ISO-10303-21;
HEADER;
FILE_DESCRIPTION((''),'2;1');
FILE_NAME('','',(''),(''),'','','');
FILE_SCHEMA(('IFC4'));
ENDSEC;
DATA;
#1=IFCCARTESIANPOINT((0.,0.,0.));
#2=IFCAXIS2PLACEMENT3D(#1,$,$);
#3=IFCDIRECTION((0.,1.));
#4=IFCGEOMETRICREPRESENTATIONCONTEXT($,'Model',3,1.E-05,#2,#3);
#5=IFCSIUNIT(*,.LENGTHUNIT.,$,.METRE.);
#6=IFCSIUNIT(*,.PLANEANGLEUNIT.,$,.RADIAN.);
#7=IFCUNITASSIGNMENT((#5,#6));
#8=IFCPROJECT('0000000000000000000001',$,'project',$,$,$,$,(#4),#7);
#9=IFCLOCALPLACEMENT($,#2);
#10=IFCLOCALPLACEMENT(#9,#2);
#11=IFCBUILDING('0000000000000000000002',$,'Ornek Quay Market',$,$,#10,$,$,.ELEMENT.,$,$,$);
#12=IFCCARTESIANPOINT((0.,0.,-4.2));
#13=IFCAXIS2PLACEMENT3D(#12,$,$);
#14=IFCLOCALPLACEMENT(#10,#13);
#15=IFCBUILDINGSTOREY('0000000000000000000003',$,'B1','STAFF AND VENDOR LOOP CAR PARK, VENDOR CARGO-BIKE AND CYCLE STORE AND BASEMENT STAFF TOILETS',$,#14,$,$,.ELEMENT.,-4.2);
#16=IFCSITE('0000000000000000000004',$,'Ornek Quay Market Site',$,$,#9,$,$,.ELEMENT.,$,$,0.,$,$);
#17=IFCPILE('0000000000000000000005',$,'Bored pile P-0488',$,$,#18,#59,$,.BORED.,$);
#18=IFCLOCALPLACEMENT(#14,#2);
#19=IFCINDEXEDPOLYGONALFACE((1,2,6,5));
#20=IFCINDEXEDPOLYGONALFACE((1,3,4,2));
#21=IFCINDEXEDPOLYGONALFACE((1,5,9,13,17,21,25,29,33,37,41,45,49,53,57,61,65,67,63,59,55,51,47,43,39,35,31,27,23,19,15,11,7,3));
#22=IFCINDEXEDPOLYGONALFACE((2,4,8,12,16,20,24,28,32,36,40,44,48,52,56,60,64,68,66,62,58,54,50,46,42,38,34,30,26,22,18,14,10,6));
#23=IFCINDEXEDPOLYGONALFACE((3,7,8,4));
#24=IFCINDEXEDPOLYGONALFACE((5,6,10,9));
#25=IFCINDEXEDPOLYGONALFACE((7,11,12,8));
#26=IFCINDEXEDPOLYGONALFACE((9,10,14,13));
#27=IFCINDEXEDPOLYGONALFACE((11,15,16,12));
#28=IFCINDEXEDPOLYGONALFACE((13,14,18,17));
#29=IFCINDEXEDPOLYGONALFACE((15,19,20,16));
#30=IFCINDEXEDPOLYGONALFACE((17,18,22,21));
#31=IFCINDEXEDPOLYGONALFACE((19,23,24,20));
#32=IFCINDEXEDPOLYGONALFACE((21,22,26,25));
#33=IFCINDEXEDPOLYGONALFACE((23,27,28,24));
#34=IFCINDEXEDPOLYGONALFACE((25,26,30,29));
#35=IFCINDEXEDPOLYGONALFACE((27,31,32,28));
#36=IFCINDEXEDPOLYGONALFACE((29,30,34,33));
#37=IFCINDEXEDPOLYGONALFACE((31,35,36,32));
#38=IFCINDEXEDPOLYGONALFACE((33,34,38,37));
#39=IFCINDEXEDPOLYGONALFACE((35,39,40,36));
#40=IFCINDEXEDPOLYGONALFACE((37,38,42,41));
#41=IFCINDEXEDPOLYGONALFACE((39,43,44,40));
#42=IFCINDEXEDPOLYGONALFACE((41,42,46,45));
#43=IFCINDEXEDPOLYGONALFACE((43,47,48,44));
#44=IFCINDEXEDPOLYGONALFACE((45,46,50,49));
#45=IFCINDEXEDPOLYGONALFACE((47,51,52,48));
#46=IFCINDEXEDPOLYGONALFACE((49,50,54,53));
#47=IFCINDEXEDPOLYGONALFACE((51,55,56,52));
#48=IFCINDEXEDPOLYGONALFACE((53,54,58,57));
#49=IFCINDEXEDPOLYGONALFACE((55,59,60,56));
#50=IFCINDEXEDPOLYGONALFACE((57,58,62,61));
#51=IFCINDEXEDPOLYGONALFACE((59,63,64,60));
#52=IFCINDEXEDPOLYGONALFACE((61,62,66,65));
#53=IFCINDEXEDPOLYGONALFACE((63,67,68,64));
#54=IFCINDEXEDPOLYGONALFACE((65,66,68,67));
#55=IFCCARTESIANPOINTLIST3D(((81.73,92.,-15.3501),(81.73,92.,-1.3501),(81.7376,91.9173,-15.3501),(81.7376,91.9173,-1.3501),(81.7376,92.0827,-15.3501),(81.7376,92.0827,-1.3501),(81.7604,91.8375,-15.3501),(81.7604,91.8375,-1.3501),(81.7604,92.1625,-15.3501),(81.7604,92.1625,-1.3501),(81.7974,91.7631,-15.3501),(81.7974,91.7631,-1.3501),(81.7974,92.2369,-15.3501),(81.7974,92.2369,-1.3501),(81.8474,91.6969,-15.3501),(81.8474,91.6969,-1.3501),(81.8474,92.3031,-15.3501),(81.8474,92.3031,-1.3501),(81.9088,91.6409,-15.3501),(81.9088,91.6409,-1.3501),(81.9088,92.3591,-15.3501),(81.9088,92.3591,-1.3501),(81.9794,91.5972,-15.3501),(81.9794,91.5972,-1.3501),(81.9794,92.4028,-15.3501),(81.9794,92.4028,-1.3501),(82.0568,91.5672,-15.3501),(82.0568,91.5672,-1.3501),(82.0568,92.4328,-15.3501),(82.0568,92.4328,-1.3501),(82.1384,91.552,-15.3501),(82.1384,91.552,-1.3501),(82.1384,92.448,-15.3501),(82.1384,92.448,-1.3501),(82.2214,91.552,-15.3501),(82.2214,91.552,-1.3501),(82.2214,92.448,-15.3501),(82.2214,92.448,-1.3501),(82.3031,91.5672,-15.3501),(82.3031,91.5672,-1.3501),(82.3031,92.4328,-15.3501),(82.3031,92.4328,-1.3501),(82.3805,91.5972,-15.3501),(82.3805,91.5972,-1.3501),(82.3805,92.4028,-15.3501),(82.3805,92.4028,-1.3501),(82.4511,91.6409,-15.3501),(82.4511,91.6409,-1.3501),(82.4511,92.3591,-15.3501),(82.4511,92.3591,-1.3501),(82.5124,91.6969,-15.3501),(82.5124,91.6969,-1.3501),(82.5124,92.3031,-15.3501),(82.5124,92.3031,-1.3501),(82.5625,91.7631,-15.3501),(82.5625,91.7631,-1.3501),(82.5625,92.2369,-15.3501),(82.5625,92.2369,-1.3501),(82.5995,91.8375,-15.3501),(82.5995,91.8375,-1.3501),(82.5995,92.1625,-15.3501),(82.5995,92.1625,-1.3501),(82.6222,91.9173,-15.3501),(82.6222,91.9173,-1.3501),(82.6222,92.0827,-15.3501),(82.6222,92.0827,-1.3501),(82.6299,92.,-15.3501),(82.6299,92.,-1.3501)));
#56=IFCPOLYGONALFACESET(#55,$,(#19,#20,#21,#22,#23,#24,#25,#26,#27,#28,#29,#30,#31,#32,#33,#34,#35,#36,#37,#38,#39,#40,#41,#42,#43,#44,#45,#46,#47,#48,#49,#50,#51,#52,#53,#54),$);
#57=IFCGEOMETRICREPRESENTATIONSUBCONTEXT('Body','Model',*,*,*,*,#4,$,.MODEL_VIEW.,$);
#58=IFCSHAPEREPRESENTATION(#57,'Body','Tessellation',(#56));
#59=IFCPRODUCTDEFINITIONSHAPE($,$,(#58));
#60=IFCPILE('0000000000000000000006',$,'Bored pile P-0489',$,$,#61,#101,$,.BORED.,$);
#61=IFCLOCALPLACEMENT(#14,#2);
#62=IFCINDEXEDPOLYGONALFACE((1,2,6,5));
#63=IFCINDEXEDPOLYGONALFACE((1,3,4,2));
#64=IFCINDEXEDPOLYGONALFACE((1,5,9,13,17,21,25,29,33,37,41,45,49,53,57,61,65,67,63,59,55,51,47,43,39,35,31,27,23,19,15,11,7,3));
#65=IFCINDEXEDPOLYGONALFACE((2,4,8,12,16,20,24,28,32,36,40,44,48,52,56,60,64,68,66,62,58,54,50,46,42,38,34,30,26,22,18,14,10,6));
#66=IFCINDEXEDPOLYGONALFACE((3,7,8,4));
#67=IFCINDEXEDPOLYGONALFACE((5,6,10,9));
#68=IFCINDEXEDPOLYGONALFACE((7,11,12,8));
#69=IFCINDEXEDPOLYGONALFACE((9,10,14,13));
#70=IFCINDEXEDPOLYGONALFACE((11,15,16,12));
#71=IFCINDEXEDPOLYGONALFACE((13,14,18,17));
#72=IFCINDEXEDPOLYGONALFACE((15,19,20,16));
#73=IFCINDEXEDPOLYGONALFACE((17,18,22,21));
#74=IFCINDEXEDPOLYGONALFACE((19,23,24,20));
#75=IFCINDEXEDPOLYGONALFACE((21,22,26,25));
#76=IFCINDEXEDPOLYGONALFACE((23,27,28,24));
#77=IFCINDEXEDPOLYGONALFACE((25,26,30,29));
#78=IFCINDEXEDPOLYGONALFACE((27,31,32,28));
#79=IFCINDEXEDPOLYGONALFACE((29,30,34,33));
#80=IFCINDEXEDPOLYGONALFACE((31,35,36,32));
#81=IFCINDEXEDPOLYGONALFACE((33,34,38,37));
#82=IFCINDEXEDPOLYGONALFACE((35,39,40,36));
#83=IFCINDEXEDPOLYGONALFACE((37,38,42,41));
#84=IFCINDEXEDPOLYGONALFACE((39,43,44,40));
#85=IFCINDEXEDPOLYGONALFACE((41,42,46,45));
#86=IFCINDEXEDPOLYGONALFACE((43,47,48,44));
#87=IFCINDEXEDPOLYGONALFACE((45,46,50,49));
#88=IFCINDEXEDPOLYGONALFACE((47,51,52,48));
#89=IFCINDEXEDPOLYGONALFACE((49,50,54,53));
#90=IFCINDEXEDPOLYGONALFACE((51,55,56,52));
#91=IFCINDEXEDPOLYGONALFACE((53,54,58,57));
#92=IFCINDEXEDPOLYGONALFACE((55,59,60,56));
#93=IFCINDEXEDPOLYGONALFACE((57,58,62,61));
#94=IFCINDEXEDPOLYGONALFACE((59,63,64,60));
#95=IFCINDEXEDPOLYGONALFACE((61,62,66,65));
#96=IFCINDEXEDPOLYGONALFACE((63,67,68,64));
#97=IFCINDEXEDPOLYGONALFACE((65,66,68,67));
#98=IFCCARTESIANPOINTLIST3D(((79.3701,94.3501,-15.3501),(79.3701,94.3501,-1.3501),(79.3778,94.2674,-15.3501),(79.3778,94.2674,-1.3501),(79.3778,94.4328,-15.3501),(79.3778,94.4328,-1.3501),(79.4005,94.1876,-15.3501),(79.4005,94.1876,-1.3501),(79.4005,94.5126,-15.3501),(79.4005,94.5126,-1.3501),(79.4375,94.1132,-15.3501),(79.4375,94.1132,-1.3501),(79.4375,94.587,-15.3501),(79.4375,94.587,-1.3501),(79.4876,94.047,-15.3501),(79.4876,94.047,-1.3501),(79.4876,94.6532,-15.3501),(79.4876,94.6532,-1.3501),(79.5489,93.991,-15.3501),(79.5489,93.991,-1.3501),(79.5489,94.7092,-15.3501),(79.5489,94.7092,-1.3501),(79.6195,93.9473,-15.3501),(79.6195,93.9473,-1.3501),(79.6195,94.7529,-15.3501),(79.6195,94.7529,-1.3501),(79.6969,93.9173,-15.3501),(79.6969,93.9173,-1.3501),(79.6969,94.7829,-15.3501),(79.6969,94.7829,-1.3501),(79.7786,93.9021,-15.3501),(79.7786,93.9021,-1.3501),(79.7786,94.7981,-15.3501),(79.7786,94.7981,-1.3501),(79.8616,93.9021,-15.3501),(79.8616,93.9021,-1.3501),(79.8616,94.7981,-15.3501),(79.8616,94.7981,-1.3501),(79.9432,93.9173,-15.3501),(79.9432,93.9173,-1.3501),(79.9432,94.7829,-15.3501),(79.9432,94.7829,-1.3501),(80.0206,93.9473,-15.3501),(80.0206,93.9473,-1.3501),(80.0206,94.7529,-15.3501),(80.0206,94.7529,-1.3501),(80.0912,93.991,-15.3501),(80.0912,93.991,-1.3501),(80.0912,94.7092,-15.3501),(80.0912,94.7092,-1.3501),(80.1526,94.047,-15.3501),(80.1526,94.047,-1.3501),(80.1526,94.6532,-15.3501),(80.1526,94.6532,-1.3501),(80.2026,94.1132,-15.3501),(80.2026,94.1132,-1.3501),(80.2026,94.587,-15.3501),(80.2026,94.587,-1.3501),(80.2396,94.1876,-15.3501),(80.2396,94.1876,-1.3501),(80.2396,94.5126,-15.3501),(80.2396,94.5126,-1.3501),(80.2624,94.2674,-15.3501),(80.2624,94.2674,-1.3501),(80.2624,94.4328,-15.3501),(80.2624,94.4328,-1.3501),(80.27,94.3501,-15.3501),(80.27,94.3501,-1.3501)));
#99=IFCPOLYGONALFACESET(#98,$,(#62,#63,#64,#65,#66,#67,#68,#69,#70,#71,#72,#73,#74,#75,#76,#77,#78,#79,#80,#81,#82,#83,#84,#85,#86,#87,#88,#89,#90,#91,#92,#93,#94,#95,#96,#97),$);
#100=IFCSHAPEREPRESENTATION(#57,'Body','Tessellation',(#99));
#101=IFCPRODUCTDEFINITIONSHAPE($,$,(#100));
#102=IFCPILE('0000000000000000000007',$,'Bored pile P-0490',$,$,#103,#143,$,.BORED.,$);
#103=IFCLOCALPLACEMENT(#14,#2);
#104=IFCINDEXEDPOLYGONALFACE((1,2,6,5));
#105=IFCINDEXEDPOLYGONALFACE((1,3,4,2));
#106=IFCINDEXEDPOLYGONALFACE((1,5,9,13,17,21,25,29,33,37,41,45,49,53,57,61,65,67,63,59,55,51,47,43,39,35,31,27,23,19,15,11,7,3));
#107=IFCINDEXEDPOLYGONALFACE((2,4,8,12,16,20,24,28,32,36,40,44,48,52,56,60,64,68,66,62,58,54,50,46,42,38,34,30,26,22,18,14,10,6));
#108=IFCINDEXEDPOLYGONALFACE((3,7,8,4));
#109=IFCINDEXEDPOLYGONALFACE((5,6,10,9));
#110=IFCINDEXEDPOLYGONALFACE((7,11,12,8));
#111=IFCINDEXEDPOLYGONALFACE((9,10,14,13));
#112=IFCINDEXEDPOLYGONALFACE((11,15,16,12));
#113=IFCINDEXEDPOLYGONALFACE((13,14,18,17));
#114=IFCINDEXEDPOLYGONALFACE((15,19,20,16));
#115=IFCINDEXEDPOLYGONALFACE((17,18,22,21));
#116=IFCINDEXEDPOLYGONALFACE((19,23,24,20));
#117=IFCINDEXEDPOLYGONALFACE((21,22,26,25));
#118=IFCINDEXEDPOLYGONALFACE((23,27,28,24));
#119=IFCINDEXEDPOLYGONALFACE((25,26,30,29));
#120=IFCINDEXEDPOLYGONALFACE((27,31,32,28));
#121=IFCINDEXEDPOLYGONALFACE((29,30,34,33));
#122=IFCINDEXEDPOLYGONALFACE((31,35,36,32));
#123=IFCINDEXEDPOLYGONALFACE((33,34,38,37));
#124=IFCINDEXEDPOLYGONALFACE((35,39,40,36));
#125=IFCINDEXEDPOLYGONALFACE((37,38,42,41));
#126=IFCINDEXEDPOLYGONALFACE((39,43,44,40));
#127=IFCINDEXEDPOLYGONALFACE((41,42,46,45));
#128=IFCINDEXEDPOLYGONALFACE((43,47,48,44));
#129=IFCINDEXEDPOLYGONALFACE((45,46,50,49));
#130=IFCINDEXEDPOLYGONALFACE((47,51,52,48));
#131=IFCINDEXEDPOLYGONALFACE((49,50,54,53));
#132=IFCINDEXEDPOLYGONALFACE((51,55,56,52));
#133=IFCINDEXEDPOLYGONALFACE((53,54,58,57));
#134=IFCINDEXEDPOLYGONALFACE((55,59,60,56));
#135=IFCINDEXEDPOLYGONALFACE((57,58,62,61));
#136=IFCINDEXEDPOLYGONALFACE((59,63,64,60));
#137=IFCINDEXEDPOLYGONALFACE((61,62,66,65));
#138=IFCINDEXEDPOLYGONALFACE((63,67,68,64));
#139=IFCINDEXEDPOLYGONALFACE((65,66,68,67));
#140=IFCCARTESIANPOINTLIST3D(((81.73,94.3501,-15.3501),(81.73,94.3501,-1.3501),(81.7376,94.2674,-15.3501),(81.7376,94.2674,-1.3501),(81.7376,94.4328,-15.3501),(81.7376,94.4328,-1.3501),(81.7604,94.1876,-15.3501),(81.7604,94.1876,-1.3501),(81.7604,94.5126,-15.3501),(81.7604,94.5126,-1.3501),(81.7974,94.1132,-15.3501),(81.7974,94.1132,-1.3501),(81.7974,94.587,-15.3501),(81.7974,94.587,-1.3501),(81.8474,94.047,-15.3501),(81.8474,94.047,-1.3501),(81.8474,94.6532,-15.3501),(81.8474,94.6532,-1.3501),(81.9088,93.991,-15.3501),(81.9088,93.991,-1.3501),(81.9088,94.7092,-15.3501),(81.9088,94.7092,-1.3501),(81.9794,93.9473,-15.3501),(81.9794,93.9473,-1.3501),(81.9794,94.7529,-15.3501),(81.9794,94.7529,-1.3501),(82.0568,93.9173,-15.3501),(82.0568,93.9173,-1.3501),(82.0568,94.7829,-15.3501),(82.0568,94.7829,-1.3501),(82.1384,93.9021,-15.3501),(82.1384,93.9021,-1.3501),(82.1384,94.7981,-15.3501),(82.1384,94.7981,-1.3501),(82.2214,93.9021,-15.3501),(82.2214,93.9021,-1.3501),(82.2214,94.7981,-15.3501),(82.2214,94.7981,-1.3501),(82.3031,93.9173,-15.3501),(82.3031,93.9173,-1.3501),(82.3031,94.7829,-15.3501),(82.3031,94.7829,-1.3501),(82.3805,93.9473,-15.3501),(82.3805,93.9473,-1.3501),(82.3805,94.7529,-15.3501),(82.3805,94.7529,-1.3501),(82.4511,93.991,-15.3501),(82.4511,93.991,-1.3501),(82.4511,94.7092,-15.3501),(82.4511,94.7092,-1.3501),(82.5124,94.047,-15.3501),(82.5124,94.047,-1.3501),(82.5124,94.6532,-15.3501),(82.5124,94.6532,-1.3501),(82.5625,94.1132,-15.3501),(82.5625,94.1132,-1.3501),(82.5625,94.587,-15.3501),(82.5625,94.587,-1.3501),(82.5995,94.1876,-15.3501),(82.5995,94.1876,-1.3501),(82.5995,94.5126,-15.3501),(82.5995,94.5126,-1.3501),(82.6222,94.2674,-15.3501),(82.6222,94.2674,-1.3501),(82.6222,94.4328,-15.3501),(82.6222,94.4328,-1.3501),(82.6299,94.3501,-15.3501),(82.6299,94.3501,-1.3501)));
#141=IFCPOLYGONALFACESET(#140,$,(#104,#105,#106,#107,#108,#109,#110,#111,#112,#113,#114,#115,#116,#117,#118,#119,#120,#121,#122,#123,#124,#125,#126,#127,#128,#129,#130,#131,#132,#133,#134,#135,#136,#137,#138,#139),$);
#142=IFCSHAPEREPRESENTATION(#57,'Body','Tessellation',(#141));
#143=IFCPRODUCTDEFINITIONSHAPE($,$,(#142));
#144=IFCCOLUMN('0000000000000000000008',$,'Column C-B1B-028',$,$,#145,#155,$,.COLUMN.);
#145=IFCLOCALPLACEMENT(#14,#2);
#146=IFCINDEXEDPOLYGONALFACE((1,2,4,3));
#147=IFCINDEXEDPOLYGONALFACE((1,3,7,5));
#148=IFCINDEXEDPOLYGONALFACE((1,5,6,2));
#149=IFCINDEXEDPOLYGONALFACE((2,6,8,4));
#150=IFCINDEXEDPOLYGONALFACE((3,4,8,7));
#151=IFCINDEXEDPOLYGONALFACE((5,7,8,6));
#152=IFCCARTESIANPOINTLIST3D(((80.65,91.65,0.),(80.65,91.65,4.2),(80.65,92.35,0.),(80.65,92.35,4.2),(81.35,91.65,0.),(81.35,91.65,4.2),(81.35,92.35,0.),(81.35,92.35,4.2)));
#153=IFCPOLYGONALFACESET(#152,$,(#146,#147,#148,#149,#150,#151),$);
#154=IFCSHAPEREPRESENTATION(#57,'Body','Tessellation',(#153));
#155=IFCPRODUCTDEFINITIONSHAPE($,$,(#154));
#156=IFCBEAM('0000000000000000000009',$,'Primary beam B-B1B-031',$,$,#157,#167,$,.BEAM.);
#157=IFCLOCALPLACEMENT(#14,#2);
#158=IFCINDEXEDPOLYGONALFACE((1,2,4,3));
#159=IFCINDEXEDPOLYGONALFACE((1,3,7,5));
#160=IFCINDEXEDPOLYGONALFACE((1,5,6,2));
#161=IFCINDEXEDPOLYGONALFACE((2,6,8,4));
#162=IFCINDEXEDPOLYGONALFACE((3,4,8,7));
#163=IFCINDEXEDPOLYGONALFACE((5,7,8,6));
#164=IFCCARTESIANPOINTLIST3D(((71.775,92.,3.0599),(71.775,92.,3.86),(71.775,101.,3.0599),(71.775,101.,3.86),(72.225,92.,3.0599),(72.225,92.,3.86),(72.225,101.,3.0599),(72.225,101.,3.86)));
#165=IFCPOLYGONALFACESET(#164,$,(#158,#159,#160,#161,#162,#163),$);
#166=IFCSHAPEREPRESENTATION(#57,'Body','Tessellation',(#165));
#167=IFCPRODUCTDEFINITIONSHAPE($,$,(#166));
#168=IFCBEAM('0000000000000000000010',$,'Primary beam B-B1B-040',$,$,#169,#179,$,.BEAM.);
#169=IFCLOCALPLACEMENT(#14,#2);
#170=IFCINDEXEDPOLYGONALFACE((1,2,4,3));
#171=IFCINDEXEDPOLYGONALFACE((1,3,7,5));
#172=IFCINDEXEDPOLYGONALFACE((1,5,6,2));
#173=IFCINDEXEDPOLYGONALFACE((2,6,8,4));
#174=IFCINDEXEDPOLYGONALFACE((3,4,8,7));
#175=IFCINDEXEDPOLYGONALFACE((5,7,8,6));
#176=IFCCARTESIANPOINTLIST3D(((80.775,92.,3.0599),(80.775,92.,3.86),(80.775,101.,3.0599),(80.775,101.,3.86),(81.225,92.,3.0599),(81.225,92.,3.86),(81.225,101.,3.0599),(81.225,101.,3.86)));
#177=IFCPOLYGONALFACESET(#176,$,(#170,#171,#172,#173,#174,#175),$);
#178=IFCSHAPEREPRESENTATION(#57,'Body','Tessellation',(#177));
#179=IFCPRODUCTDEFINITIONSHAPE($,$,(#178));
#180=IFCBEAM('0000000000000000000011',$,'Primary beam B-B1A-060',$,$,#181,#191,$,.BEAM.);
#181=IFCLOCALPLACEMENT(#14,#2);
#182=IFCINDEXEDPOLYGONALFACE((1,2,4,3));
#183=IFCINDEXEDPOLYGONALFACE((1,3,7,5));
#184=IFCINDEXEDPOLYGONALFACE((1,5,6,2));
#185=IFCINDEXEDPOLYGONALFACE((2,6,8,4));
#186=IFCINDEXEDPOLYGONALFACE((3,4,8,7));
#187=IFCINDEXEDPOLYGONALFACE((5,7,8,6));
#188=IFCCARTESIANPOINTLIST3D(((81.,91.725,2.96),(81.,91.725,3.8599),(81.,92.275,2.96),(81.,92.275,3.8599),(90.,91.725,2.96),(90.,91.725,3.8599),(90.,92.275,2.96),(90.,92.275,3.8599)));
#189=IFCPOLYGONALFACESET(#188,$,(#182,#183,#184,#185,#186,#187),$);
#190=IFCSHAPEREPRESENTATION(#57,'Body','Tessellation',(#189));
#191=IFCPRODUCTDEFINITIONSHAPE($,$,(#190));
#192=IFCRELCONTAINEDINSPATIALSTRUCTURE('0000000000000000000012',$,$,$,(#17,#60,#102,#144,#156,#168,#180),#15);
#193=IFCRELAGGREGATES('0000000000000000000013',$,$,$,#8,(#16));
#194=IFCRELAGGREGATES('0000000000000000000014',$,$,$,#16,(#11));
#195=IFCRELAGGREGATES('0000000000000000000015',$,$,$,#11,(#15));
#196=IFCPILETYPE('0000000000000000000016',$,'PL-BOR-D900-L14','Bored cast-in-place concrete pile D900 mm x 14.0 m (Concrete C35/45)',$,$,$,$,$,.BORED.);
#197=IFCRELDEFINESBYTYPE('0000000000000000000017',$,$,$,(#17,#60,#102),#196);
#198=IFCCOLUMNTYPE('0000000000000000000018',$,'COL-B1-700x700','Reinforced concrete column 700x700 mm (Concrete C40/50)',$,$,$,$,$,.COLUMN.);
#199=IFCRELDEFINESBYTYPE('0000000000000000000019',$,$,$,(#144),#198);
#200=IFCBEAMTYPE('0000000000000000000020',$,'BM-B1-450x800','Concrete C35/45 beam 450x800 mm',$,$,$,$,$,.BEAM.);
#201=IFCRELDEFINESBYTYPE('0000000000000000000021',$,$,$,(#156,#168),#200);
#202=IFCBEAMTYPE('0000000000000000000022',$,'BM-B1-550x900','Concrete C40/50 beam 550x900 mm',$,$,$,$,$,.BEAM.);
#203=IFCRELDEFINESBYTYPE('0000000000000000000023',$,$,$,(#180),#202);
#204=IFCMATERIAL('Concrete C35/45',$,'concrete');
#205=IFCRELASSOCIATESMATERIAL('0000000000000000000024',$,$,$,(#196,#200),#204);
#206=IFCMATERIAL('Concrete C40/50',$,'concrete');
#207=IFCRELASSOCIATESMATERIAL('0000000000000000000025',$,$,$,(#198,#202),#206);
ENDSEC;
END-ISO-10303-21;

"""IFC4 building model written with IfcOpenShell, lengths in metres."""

from ifc_helpers import new_model, si_unit, direction, frame, origin, origin_2d, place, context, subcontext, project, spatial, rectangle, circle, extrude, material, material_profile, profile_set, type_object, element, save


model = new_model("IFC4")

# Units and contexts
model_context = context("Model", 3, precision=1e-05, world=origin(), true_north=direction((0.0, 1.0)))
body_context = subcontext(model_context, "Body", "Model", "MODEL_VIEW")
ifc_project = project(units=[si_unit("LENGTHUNIT", "METRE"), si_unit("PLANEANGLEUNIT", "RADIAN")], contexts=[model_context])

# Site, building, storey
site_placement = place(None, origin())
site = spatial("IfcSite", under=ifc_project, at=site_placement, Name="Ornek Quay Market Site", CompositionType="ELEMENT", RefElevation=0.0)
building_placement = place(site_placement, origin())
building = spatial("IfcBuilding", under=site, at=building_placement, Name="Ornek Quay Market", CompositionType="ELEMENT")
storey_placement = place(building_placement, frame((0.0, 0.0, -4.2)))
storey = spatial("IfcBuildingStorey", under=building, at=storey_placement, Name="B1", Description="STAFF AND VENDOR LOOP CAR PARK, VENDOR CARGO-BIKE AND CYCLE STORE AND BASEMENT STAFF TOILETS", CompositionType="ELEMENT", Elevation=-4.2)

# Piles
ifc_material_1 = material(Name="Concrete C35/45", Category="concrete")
ifc_material_profile_1 = material_profile(ifc_material_1, circle(Radius=0.45, at=origin_2d()), Name="PILE D900", Category="concrete")
ifc_profile_set_1 = profile_set([ifc_material_profile_1], Name="Concrete C35/45")
pile_type_1 = type_object("IfcPileType", Name="PL-BOR-D900-L14", Description="Bored cast-in-place concrete pile D900 mm x 14.0 m (Concrete C35/45)", PredefinedType="BORED", material=ifc_profile_set_1)
for number, where, z_axis, x_axis, name in (
    (1, (82.1799, 92.0, -1.3501), (0.0, 0.0, -1.0), (1.0, 0.0, 0.0), "Bored pile P-0488"),
    (2, (79.8201, 94.3501, -1.3501), (0.0, 0.0, -1.0), (1.0, 0.0, 0.0), "Bored pile P-0489"),
    (3, (82.1799, 94.3501, -1.3501), (0.0, 0.0, -1.0), (1.0, 0.0, 0.0), "Bored pile P-0490"),
):
    element("IfcPile", number, at=place(storey_placement, frame(where, z_axis=z_axis, x_axis=x_axis)), inside=storey, type_object=pile_type_1, Name=name, PredefinedType="BORED", context=body_context, shape_type="SweptSolid", body=[
        extrude(circle(Radius=0.45, at=origin_2d()), origin(), (0.0, 0.0, 1.0), 14.0),
    ])

# Column
ifc_material_2 = material(Name="Concrete C40/50", Category="concrete")
ifc_material_profile_2 = material_profile(ifc_material_2, rectangle(XDim=0.7, YDim=0.7, at=origin_2d()), Name="RC 700x700", Category="concrete")
ifc_profile_set_2 = profile_set([ifc_material_profile_2], Name="Concrete C40/50")
column_type = type_object("IfcColumnType", Name="COL-B1-700x700", Description="Reinforced concrete column 700x700 mm (Concrete C40/50)", PredefinedType="COLUMN", material=ifc_profile_set_2)
column_placement = place(storey_placement, frame((81.0, 92.0, 0.0), z_axis=(0.0, 0.0, 1.0), x_axis=(1.0, 0.0, 0.0)))
element("IfcColumn", 4, at=column_placement, inside=storey, type_object=column_type, Name="Column C-B1B-028", PredefinedType="COLUMN", context=body_context, shape_type="SweptSolid", body=[
    extrude(rectangle(XDim=0.7, YDim=0.7, at=origin_2d()), origin(), (0.0, 0.0, 1.0), 4.2),
])

# Beams
ifc_material_profile_3 = material_profile(ifc_material_1, rectangle(XDim=0.45, YDim=0.8, at=origin_2d()), Name="RC 450x800", Category="concrete")
ifc_profile_set_3 = profile_set([ifc_material_profile_3], Name="Concrete C35/45")
beam_type_1 = type_object("IfcBeamType", Name="BM-B1-450x800", Description="Concrete C35/45 beam 450x800 mm", PredefinedType="BEAM", material=ifc_profile_set_3)
for number, where, z_axis, x_axis, name in (
    (5, (72.0, 92.0, 3.46), (0.0, 1.0, 0.0), (-1.0, 0.0, 0.0), "Primary beam B-B1B-031"),
    (6, (81.0, 92.0, 3.46), (0.0, 1.0, 0.0), (-1.0, 0.0, 0.0), "Primary beam B-B1B-040"),
):
    element("IfcBeam", number, at=place(storey_placement, frame(where, z_axis=z_axis, x_axis=x_axis)), inside=storey, type_object=beam_type_1, Name=name, PredefinedType="BEAM", context=body_context, shape_type="SweptSolid", body=[
        extrude(rectangle(XDim=0.45, YDim=0.8, at=origin_2d()), origin(), (0.0, 0.0, 1.0), 9.0),
    ])
ifc_material_profile_4 = material_profile(ifc_material_2, rectangle(XDim=0.55, YDim=0.8999, at=origin_2d()), Name="RC 550x900", Category="concrete")
ifc_profile_set_4 = profile_set([ifc_material_profile_4], Name="Concrete C40/50")
beam_type_2 = type_object("IfcBeamType", Name="BM-B1-550x900", Description="Concrete C40/50 beam 550x900 mm", PredefinedType="BEAM", material=ifc_profile_set_4)
beam_1_placement = place(storey_placement, frame((81.0, 92.0, 3.4099), z_axis=(1.0, 0.0, 0.0), x_axis=(0.0, 1.0, 0.0)))
element("IfcBeam", 7, at=beam_1_placement, inside=storey, type_object=beam_type_2, Name="Primary beam B-B1A-060", PredefinedType="BEAM", context=body_context, shape_type="SweptSolid", body=[
    extrude(rectangle(XDim=0.55, YDim=0.8999, at=origin_2d()), origin(), (0.0, 0.0, 1.0), 9.0),
])

save(model, "model.ifc")
